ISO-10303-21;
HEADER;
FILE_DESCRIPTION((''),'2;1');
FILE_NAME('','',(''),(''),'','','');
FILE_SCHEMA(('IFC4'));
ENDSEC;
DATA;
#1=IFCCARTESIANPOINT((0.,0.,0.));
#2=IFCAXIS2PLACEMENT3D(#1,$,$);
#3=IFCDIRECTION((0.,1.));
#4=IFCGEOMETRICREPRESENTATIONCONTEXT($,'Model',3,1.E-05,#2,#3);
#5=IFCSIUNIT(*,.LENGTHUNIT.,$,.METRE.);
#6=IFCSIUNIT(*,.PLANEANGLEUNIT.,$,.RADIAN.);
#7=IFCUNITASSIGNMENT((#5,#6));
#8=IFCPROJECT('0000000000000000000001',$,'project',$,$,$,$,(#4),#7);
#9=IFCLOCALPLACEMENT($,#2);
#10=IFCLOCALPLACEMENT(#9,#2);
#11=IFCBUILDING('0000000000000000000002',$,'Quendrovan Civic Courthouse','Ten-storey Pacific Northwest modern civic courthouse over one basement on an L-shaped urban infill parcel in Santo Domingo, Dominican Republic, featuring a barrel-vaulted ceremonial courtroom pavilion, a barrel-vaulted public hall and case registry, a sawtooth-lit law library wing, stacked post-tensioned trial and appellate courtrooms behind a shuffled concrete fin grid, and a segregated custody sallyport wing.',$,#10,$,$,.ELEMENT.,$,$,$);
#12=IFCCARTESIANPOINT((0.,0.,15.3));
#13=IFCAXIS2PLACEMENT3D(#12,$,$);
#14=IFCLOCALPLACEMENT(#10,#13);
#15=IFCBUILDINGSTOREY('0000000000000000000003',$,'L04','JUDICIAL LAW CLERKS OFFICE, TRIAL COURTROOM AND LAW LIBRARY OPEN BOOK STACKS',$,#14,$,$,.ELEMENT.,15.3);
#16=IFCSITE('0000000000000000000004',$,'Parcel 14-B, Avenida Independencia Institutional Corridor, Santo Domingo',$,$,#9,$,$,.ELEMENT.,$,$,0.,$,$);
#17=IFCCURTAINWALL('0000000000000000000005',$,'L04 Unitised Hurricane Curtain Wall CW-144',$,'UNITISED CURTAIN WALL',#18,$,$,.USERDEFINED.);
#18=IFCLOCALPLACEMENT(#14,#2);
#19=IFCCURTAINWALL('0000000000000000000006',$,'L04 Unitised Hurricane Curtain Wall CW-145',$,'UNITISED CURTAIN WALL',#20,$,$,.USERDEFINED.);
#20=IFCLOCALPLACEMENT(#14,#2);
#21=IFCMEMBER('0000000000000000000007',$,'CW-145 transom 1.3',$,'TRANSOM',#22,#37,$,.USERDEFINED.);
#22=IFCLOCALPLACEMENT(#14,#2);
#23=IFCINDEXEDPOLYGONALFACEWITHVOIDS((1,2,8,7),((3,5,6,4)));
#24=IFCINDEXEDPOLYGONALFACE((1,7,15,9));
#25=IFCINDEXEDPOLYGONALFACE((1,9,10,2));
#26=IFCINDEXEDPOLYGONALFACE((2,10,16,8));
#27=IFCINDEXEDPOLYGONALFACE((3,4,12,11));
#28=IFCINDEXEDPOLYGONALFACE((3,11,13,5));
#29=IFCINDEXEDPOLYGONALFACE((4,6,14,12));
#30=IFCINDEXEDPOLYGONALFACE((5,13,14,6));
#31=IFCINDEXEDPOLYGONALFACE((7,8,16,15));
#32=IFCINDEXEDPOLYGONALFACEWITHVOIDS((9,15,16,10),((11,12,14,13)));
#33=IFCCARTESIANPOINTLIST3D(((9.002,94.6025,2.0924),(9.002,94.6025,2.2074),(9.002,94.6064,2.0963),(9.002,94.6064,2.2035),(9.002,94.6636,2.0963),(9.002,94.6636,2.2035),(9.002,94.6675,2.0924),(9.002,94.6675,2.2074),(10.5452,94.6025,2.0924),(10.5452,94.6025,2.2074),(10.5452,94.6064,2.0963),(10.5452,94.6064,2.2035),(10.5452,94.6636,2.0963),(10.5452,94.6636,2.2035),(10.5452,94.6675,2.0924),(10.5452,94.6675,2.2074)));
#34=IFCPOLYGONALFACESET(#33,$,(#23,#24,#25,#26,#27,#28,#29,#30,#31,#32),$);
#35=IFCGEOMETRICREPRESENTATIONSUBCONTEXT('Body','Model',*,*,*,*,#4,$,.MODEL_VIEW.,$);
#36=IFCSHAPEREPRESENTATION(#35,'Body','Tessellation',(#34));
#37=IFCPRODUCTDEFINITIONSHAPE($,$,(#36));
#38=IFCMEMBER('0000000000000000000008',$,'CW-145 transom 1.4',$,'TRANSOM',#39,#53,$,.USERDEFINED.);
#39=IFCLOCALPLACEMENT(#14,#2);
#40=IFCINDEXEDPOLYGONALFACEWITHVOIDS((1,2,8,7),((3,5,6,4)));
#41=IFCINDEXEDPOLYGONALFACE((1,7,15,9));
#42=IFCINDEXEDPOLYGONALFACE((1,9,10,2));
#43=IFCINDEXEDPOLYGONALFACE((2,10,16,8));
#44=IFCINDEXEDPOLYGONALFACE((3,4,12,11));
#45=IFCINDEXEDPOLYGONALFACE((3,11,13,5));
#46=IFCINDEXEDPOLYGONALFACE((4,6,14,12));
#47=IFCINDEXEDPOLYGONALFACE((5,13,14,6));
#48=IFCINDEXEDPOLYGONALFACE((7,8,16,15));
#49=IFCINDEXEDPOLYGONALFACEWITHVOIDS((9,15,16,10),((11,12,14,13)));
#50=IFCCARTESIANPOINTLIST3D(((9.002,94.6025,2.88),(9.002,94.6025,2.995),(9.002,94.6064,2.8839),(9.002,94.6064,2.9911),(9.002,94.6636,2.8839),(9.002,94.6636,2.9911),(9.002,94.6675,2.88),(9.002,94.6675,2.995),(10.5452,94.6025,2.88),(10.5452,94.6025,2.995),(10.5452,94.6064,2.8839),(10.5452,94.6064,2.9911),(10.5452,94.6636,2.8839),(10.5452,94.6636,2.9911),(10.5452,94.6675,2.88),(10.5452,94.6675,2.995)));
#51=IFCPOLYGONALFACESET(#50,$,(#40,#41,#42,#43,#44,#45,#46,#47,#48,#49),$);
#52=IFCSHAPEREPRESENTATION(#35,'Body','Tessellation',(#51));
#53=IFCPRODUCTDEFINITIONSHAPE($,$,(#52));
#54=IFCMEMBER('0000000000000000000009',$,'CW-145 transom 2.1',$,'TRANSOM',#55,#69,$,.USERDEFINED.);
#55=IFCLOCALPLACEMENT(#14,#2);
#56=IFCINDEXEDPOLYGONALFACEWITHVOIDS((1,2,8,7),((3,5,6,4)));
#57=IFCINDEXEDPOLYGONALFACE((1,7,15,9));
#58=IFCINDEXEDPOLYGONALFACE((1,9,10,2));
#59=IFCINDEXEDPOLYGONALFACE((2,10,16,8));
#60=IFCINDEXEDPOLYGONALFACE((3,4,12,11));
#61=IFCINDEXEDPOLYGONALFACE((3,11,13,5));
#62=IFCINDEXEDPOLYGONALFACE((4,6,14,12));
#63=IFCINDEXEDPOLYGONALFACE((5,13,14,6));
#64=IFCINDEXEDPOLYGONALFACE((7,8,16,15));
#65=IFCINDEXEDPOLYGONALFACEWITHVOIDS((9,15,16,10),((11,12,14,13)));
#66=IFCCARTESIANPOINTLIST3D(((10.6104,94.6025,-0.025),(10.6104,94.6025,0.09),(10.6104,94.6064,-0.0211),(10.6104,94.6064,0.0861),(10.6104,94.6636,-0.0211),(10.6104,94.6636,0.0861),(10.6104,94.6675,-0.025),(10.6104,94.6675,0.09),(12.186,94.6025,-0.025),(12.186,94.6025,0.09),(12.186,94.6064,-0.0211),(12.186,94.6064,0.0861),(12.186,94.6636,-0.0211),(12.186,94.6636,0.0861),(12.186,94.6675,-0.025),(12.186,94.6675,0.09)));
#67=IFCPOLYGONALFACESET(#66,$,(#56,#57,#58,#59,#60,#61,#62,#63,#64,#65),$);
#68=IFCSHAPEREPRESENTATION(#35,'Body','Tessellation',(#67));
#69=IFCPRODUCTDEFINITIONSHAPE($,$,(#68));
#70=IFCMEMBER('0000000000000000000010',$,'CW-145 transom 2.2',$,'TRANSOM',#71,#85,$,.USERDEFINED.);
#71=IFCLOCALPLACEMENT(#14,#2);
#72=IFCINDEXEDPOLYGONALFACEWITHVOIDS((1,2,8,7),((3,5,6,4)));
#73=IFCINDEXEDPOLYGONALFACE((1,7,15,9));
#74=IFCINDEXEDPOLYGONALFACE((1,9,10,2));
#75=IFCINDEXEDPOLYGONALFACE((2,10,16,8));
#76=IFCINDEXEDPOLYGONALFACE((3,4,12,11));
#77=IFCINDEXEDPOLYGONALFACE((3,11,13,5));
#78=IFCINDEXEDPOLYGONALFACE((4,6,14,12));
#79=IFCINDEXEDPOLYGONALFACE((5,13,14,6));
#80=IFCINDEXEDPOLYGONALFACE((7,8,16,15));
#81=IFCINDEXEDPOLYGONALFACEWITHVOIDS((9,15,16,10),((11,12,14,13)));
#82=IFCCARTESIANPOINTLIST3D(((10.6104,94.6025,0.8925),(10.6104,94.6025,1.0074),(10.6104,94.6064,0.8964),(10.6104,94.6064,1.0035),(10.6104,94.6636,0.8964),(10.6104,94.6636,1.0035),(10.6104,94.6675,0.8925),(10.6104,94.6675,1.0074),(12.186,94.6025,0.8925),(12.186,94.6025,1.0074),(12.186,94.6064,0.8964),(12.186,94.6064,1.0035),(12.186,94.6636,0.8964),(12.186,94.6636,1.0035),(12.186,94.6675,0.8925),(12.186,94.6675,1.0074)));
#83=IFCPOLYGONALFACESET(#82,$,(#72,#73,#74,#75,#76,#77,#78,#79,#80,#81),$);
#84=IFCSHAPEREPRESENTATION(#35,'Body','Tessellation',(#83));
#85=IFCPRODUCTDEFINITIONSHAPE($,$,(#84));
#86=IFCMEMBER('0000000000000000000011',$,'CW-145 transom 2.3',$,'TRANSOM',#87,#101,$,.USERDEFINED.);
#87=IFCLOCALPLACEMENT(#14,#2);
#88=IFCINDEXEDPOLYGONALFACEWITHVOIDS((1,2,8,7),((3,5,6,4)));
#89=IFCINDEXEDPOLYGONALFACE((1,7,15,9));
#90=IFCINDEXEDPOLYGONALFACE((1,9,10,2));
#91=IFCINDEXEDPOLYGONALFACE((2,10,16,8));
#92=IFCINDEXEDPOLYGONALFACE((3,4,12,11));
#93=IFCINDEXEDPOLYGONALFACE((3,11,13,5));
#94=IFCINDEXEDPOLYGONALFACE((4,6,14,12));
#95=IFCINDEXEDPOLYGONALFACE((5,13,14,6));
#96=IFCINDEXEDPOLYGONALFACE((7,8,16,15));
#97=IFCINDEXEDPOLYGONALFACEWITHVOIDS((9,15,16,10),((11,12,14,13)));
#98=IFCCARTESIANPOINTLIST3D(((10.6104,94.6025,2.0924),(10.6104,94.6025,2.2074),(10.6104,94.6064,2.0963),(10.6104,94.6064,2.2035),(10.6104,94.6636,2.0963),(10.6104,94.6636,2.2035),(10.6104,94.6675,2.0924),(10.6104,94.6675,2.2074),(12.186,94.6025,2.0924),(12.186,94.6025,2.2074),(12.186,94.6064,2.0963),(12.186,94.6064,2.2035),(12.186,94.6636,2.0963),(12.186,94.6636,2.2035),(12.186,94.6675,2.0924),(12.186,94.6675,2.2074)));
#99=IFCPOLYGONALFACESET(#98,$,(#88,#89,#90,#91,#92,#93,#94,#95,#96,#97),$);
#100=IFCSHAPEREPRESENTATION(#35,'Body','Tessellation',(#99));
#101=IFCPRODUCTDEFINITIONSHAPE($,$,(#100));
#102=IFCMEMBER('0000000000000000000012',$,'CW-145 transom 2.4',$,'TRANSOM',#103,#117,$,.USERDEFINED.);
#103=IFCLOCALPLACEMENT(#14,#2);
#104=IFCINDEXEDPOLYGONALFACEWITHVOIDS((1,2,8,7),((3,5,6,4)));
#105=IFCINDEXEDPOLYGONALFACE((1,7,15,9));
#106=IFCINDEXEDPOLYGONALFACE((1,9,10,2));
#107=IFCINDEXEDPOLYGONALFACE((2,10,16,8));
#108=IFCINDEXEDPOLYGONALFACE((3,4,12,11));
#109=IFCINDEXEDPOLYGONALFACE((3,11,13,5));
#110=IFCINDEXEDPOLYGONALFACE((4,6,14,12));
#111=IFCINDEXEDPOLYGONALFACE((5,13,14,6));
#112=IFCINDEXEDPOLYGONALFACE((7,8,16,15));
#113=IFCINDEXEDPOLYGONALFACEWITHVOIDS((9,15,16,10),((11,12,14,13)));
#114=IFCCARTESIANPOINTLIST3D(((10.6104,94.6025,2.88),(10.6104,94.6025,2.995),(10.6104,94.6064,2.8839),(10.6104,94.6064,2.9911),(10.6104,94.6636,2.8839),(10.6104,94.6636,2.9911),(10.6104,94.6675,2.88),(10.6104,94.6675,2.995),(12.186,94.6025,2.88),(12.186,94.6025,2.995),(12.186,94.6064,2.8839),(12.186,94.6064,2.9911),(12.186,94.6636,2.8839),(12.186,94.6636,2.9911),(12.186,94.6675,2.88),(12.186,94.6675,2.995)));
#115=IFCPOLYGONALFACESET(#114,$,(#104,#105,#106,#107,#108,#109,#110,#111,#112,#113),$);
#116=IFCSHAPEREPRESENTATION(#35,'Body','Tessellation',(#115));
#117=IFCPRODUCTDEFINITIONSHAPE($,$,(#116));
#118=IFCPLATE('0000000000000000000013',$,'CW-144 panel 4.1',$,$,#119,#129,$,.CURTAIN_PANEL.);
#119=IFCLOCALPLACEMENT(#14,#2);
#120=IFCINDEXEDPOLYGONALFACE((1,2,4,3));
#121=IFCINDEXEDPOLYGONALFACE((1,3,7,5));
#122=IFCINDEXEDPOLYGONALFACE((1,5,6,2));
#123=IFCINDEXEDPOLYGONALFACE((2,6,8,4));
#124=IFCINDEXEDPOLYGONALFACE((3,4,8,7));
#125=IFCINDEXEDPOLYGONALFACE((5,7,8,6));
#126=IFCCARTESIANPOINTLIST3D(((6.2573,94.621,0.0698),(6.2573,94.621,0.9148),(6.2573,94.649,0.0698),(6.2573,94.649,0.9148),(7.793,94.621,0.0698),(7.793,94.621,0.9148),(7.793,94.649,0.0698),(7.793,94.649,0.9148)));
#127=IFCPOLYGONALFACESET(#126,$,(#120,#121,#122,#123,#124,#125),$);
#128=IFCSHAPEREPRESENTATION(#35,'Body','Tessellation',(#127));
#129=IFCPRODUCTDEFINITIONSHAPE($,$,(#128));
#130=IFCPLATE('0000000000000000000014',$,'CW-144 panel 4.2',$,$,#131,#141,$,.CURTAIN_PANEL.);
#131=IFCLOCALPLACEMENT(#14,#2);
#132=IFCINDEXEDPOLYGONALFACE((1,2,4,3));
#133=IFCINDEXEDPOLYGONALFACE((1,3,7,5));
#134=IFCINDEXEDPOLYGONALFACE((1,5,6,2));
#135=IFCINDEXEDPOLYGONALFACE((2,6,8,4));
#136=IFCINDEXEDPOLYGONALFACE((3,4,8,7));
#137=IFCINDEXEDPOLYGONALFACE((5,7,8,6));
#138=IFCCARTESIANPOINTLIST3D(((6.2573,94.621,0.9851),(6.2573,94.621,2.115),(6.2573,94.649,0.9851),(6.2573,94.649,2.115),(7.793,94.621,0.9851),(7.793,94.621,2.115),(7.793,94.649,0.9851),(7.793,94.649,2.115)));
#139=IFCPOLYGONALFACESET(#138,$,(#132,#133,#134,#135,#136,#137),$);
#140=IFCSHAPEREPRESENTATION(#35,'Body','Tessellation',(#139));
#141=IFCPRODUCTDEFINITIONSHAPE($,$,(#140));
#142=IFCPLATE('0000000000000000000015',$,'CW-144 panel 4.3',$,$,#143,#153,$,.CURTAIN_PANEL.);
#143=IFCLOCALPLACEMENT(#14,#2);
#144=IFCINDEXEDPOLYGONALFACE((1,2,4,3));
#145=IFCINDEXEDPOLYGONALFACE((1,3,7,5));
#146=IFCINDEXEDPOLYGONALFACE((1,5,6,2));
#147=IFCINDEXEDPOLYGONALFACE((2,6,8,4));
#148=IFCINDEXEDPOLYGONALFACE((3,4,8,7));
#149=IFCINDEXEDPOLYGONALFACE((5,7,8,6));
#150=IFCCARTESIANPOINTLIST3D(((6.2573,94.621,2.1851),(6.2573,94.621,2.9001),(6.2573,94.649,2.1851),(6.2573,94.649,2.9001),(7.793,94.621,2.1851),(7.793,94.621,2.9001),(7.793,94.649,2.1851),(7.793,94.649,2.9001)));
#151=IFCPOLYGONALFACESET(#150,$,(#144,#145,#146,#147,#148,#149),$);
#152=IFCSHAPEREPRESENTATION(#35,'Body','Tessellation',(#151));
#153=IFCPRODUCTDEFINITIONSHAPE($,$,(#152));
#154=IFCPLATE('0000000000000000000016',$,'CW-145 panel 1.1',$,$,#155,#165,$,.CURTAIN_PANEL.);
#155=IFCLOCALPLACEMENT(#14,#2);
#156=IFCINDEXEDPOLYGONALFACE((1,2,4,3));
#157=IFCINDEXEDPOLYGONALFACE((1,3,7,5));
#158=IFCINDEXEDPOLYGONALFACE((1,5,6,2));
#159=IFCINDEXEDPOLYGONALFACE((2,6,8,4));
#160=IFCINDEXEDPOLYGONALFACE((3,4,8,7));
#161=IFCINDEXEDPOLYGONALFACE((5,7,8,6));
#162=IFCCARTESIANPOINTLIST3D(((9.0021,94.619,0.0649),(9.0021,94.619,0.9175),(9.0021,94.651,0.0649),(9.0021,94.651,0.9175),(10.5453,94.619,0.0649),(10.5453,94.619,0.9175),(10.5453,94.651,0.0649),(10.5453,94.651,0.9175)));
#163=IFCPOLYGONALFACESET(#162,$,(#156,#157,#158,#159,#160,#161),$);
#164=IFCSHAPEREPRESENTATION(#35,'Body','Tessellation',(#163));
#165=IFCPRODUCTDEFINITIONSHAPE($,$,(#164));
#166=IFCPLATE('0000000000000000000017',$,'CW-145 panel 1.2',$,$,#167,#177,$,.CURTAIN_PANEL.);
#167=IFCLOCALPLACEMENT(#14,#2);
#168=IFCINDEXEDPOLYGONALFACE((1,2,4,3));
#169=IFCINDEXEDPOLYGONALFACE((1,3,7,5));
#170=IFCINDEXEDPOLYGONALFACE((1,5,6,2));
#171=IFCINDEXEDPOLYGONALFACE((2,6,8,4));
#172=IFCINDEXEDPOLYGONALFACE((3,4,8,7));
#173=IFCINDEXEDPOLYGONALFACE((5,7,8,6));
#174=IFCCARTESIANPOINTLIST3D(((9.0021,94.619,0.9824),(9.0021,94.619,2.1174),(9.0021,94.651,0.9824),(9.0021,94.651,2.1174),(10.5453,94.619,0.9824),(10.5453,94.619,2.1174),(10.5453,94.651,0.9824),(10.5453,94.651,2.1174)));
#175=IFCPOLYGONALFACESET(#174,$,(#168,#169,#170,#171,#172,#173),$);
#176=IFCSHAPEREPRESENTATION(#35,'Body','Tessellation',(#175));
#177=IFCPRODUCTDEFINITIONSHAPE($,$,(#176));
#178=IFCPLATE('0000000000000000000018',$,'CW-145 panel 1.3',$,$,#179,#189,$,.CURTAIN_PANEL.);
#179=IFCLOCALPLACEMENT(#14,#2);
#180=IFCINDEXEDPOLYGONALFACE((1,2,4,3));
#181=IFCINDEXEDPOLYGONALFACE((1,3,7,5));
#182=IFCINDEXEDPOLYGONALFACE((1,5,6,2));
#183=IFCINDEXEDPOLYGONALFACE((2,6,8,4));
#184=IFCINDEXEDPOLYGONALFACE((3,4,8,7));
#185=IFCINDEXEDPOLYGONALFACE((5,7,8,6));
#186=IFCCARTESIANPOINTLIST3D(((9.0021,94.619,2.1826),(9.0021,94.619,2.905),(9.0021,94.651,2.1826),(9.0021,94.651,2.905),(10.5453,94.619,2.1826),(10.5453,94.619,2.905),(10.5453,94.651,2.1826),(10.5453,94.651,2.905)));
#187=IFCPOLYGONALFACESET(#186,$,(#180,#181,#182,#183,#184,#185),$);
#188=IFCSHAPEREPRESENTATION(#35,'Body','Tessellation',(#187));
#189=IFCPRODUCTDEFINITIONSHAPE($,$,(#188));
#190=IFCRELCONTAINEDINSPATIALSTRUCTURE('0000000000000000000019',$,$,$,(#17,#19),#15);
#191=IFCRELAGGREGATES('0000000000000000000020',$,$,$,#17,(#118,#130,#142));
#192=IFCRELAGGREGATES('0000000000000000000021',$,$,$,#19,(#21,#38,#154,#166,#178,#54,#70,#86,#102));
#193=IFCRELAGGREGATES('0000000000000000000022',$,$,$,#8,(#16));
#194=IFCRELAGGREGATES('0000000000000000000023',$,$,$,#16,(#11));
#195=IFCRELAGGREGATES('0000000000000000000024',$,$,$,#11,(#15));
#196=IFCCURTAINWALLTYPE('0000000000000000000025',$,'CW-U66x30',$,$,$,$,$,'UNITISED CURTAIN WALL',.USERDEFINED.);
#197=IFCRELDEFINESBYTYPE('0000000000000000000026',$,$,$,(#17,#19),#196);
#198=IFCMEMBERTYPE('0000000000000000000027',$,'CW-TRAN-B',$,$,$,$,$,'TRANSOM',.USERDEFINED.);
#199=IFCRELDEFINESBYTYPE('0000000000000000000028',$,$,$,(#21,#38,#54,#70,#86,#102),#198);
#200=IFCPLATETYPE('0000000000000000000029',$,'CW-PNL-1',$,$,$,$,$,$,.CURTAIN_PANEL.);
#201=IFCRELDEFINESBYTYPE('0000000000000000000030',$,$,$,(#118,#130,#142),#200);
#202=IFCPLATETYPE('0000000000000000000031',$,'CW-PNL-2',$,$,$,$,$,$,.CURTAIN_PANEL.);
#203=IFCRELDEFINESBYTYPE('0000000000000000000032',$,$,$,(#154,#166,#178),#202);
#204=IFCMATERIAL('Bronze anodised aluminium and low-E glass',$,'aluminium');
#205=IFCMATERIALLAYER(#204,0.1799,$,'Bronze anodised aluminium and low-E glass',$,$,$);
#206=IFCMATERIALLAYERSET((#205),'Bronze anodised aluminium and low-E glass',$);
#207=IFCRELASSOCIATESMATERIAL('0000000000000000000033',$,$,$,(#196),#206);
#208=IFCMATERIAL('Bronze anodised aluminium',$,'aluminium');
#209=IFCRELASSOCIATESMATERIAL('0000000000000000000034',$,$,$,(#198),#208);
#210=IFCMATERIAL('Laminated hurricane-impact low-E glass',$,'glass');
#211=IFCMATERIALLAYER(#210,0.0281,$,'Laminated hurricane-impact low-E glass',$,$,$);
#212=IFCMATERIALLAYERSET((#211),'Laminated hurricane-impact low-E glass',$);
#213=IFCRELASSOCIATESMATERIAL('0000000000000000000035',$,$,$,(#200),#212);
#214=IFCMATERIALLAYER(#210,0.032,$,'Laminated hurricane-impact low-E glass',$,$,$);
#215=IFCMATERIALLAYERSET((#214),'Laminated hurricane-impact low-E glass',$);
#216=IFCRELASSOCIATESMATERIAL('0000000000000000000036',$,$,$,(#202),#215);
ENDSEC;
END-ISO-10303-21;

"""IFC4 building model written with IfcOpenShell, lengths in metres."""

from ifc_helpers import new_model, si_unit, direction, frame, origin, origin_2d, place, context, subcontext, project, spatial, rectangle, hollow_rectangle, extrude, material, layer, layer_set, material_profile, profile_set, type_object, element, aggregate, save


model = new_model("IFC4")

# Units and contexts
model_context = context("Model", 3, precision=1e-05, world=origin(), true_north=direction((0.0, 1.0)))
body_context = subcontext(model_context, "Body", "Model", "MODEL_VIEW")
ifc_project = project(units=[si_unit("LENGTHUNIT", "METRE"), si_unit("PLANEANGLEUNIT", "RADIAN")], contexts=[model_context])

# Site, building, storey
site_placement = place(None, origin())
site = spatial("IfcSite", under=ifc_project, at=site_placement, Name="Parcel 14-B, Avenida Independencia Institutional Corridor, Santo Domingo", CompositionType="ELEMENT", RefElevation=0.0)
building_placement = place(site_placement, origin())
building = spatial("IfcBuilding", under=site, at=building_placement, Name="Quendrovan Civic Courthouse", Description="Ten-storey Pacific Northwest modern civic courthouse over one basement on an L-shaped urban infill parcel in Santo Domingo, Dominican Republic, featuring a barrel-vaulted ceremonial courtroom pavilion, a barrel-vaulted public hall and case registry, a sawtooth-lit law library wing, stacked post-tensioned trial and appellate courtrooms behind a shuffled concrete fin grid, and a segregated custody sallyport wing.", CompositionType="ELEMENT")
storey_placement = place(building_placement, frame((0.0, 0.0, 15.3)))
storey = spatial("IfcBuildingStorey", under=building, at=storey_placement, Name="L04", Description="JUDICIAL LAW CLERKS OFFICE, TRIAL COURTROOM AND LAW LIBRARY OPEN BOOK STACKS", CompositionType="ELEMENT", Elevation=15.3)

# Curtain wall
ifc_material_1 = material(Name="Bronze anodised aluminium and low-E glass", Category="aluminium")
ifc_layer_1 = layer(ifc_material_1, 0.1799, Name="Bronze anodised aluminium and low-E glass")
ifc_layer_set_1 = layer_set([ifc_layer_1], Name="Bronze anodised aluminium and low-E glass")
curtain_wall_type = type_object("IfcCurtainWallType", Name="CW-U66x30", ElementType="UNITISED CURTAIN WALL", PredefinedType="USERDEFINED", material=ifc_layer_set_1)
curtain_wall_1_placement = place(storey_placement, origin())
curtain_wall_1 = element("IfcCurtainWall", 1, at=curtain_wall_1_placement, inside=storey, type_object=curtain_wall_type, Name="L04 Unitised Hurricane Curtain Wall CW-144", ObjectType="UNITISED CURTAIN WALL", PredefinedType="USERDEFINED")
ifc_material_2 = material(Name="Bronze anodised aluminium", Category="aluminium")

# Curtain wall
curtain_wall_2_placement = place(storey_placement, origin())
curtain_wall_2 = element("IfcCurtainWall", 2, at=curtain_wall_2_placement, inside=storey, type_object=curtain_wall_type, Name="L04 Unitised Hurricane Curtain Wall CW-145", ObjectType="UNITISED CURTAIN WALL", PredefinedType="USERDEFINED")

# Members
ifc_material_profile_1 = material_profile(ifc_material_2, hollow_rectangle(XDim=0.0649, YDim=0.115, WallThickness=0.0039, at=origin_2d()), Name="CW-TRAN-65x115")
ifc_profile_set_1 = profile_set([ifc_material_profile_1], Name="Bronze anodised aluminium")
member_type_1 = type_object("IfcMemberType", Name="CW-TRAN-B", ElementType="TRANSOM", PredefinedType="USERDEFINED", material=ifc_profile_set_1)
member_1_placement = place(storey_placement, frame((9.002, 94.635, 2.1499), z_axis=(1.0, 0.0, 0.0), x_axis=(0.0, 1.0, 0.0)))
member_1 = element("IfcMember", 3, at=member_1_placement, type_object=member_type_1, Name="CW-145 transom 1.3", ObjectType="TRANSOM", PredefinedType="USERDEFINED", context=body_context, shape_type="SweptSolid", body=[
    extrude(hollow_rectangle(XDim=0.0649, YDim=0.115, WallThickness=0.0039, at=origin_2d()), origin(), (0.0, 0.0, 1.0), 1.5432),
])
member_2_placement = place(storey_placement, frame((9.002, 94.635, 2.9375), z_axis=(1.0, 0.0, 0.0), x_axis=(0.0, 1.0, 0.0)))
member_2 = element("IfcMember", 4, at=member_2_placement, type_object=member_type_1, Name="CW-145 transom 1.4", ObjectType="TRANSOM", PredefinedType="USERDEFINED", context=body_context, shape_type="SweptSolid", body=[
    extrude(hollow_rectangle(XDim=0.0649, YDim=0.115, WallThickness=0.0039, at=origin_2d()), origin(), (0.0, 0.0, 1.0), 1.5432),
])
member_3_placement = place(storey_placement, frame((10.6104, 94.635, 0.0325), z_axis=(1.0, 0.0, 0.0), x_axis=(0.0, 1.0, 0.0)))
member_3 = element("IfcMember", 5, at=member_3_placement, type_object=member_type_1, Name="CW-145 transom 2.1", ObjectType="TRANSOM", PredefinedType="USERDEFINED", context=body_context, shape_type="SweptSolid", body=[
    extrude(hollow_rectangle(XDim=0.0649, YDim=0.115, WallThickness=0.0039, at=origin_2d()), origin(), (0.0, 0.0, 1.0), 1.5757),
])
member_4_placement = place(storey_placement, frame((10.6104, 94.635, 0.95), z_axis=(1.0, 0.0, 0.0), x_axis=(0.0, 1.0, 0.0)))
member_4 = element("IfcMember", 6, at=member_4_placement, type_object=member_type_1, Name="CW-145 transom 2.2", ObjectType="TRANSOM", PredefinedType="USERDEFINED", context=body_context, shape_type="SweptSolid", body=[
    extrude(hollow_rectangle(XDim=0.0649, YDim=0.115, WallThickness=0.0039, at=origin_2d()), origin(), (0.0, 0.0, 1.0), 1.5757),
])
member_5_placement = place(storey_placement, frame((10.6104, 94.635, 2.1499), z_axis=(1.0, 0.0, 0.0), x_axis=(0.0, 1.0, 0.0)))
member_5 = element("IfcMember", 7, at=member_5_placement, type_object=member_type_1, Name="CW-145 transom 2.3", ObjectType="TRANSOM", PredefinedType="USERDEFINED", context=body_context, shape_type="SweptSolid", body=[
    extrude(hollow_rectangle(XDim=0.0649, YDim=0.115, WallThickness=0.0039, at=origin_2d()), origin(), (0.0, 0.0, 1.0), 1.5757),
])
member_6_placement = place(storey_placement, frame((10.6104, 94.635, 2.9375), z_axis=(1.0, 0.0, 0.0), x_axis=(0.0, 1.0, 0.0)))
member_6 = element("IfcMember", 8, at=member_6_placement, type_object=member_type_1, Name="CW-145 transom 2.4", ObjectType="TRANSOM", PredefinedType="USERDEFINED", context=body_context, shape_type="SweptSolid", body=[
    extrude(hollow_rectangle(XDim=0.0649, YDim=0.115, WallThickness=0.0039, at=origin_2d()), origin(), (0.0, 0.0, 1.0), 1.5757),
])

# Plates
ifc_material_3 = material(Name="Laminated hurricane-impact low-E glass", Category="glass")
ifc_layer_2 = layer(ifc_material_3, 0.0281, Name="Laminated hurricane-impact low-E glass")
ifc_layer_set_2 = layer_set([ifc_layer_2], Name="Laminated hurricane-impact low-E glass")
plate_type_1 = type_object("IfcPlateType", Name="CW-PNL-1", PredefinedType="CURTAIN_PANEL", material=ifc_layer_set_2)
plate_1_placement = place(storey_placement, frame((7.0251, 94.635, 0.0698), z_axis=(0.0, 0.0, 1.0), x_axis=(1.0, 0.0, 0.0)))
plate_1 = element("IfcPlate", 9, at=plate_1_placement, type_object=plate_type_1, Name="CW-144 panel 4.1", PredefinedType="CURTAIN_PANEL", context=body_context, shape_type="SweptSolid", body=[
    extrude(rectangle(XDim=1.5356, YDim=0.0281, at=origin_2d()), origin(), (0.0, 0.0, 1.0), 0.845),
])
plate_2_placement = place(storey_placement, frame((7.0251, 94.635, 0.9851), z_axis=(0.0, 0.0, 1.0), x_axis=(1.0, 0.0, 0.0)))
plate_2 = element("IfcPlate", 10, at=plate_2_placement, type_object=plate_type_1, Name="CW-144 panel 4.2", PredefinedType="CURTAIN_PANEL", context=body_context, shape_type="SweptSolid", body=[
    extrude(rectangle(XDim=1.5356, YDim=0.0281, at=origin_2d()), origin(), (0.0, 0.0, 1.0), 1.1299),
])
plate_3_placement = place(storey_placement, frame((7.0251, 94.635, 2.1851), z_axis=(0.0, 0.0, 1.0), x_axis=(1.0, 0.0, 0.0)))
plate_3 = element("IfcPlate", 11, at=plate_3_placement, type_object=plate_type_1, Name="CW-144 panel 4.3", PredefinedType="CURTAIN_PANEL", context=body_context, shape_type="SweptSolid", body=[
    extrude(rectangle(XDim=1.5356, YDim=0.0281, at=origin_2d()), origin(), (0.0, 0.0, 1.0), 0.7151),
])
aggregate(curtain_wall_1, [plate_1, plate_2, plate_3])
ifc_layer_3 = layer(ifc_material_3, 0.032, Name="Laminated hurricane-impact low-E glass")
ifc_layer_set_3 = layer_set([ifc_layer_3], Name="Laminated hurricane-impact low-E glass")
plate_type_2 = type_object("IfcPlateType", Name="CW-PNL-2", PredefinedType="CURTAIN_PANEL", material=ifc_layer_set_3)
plate_4_placement = place(storey_placement, frame((9.7737, 94.635, 0.0649), z_axis=(0.0, 0.0, 1.0), x_axis=(1.0, 0.0, 0.0)))
plate_4 = element("IfcPlate", 12, at=plate_4_placement, type_object=plate_type_2, Name="CW-145 panel 1.1", PredefinedType="CURTAIN_PANEL", context=body_context, shape_type="SweptSolid", body=[
    extrude(rectangle(XDim=1.5432, YDim=0.032, at=origin_2d()), origin(), (0.0, 0.0, 1.0), 0.8525),
])
plate_5_placement = place(storey_placement, frame((9.7737, 94.635, 0.9824), z_axis=(0.0, 0.0, 1.0), x_axis=(1.0, 0.0, 0.0)))
plate_5 = element("IfcPlate", 13, at=plate_5_placement, type_object=plate_type_2, Name="CW-145 panel 1.2", PredefinedType="CURTAIN_PANEL", context=body_context, shape_type="SweptSolid", body=[
    extrude(rectangle(XDim=1.5432, YDim=0.032, at=origin_2d()), origin(), (0.0, 0.0, 1.0), 1.135),
])
plate_6_placement = place(storey_placement, frame((9.7737, 94.635, 2.1826), z_axis=(0.0, 0.0, 1.0), x_axis=(1.0, 0.0, 0.0)))
plate_6 = element("IfcPlate", 14, at=plate_6_placement, type_object=plate_type_2, Name="CW-145 panel 1.3", PredefinedType="CURTAIN_PANEL", context=body_context, shape_type="SweptSolid", body=[
    extrude(rectangle(XDim=1.5432, YDim=0.032, at=origin_2d()), origin(), (0.0, 0.0, 1.0), 0.7224),
])
aggregate(curtain_wall_2, [member_1, member_2, plate_4, plate_5, plate_6, member_3, member_4, member_5, member_6])

save(model, "model.ifc")
